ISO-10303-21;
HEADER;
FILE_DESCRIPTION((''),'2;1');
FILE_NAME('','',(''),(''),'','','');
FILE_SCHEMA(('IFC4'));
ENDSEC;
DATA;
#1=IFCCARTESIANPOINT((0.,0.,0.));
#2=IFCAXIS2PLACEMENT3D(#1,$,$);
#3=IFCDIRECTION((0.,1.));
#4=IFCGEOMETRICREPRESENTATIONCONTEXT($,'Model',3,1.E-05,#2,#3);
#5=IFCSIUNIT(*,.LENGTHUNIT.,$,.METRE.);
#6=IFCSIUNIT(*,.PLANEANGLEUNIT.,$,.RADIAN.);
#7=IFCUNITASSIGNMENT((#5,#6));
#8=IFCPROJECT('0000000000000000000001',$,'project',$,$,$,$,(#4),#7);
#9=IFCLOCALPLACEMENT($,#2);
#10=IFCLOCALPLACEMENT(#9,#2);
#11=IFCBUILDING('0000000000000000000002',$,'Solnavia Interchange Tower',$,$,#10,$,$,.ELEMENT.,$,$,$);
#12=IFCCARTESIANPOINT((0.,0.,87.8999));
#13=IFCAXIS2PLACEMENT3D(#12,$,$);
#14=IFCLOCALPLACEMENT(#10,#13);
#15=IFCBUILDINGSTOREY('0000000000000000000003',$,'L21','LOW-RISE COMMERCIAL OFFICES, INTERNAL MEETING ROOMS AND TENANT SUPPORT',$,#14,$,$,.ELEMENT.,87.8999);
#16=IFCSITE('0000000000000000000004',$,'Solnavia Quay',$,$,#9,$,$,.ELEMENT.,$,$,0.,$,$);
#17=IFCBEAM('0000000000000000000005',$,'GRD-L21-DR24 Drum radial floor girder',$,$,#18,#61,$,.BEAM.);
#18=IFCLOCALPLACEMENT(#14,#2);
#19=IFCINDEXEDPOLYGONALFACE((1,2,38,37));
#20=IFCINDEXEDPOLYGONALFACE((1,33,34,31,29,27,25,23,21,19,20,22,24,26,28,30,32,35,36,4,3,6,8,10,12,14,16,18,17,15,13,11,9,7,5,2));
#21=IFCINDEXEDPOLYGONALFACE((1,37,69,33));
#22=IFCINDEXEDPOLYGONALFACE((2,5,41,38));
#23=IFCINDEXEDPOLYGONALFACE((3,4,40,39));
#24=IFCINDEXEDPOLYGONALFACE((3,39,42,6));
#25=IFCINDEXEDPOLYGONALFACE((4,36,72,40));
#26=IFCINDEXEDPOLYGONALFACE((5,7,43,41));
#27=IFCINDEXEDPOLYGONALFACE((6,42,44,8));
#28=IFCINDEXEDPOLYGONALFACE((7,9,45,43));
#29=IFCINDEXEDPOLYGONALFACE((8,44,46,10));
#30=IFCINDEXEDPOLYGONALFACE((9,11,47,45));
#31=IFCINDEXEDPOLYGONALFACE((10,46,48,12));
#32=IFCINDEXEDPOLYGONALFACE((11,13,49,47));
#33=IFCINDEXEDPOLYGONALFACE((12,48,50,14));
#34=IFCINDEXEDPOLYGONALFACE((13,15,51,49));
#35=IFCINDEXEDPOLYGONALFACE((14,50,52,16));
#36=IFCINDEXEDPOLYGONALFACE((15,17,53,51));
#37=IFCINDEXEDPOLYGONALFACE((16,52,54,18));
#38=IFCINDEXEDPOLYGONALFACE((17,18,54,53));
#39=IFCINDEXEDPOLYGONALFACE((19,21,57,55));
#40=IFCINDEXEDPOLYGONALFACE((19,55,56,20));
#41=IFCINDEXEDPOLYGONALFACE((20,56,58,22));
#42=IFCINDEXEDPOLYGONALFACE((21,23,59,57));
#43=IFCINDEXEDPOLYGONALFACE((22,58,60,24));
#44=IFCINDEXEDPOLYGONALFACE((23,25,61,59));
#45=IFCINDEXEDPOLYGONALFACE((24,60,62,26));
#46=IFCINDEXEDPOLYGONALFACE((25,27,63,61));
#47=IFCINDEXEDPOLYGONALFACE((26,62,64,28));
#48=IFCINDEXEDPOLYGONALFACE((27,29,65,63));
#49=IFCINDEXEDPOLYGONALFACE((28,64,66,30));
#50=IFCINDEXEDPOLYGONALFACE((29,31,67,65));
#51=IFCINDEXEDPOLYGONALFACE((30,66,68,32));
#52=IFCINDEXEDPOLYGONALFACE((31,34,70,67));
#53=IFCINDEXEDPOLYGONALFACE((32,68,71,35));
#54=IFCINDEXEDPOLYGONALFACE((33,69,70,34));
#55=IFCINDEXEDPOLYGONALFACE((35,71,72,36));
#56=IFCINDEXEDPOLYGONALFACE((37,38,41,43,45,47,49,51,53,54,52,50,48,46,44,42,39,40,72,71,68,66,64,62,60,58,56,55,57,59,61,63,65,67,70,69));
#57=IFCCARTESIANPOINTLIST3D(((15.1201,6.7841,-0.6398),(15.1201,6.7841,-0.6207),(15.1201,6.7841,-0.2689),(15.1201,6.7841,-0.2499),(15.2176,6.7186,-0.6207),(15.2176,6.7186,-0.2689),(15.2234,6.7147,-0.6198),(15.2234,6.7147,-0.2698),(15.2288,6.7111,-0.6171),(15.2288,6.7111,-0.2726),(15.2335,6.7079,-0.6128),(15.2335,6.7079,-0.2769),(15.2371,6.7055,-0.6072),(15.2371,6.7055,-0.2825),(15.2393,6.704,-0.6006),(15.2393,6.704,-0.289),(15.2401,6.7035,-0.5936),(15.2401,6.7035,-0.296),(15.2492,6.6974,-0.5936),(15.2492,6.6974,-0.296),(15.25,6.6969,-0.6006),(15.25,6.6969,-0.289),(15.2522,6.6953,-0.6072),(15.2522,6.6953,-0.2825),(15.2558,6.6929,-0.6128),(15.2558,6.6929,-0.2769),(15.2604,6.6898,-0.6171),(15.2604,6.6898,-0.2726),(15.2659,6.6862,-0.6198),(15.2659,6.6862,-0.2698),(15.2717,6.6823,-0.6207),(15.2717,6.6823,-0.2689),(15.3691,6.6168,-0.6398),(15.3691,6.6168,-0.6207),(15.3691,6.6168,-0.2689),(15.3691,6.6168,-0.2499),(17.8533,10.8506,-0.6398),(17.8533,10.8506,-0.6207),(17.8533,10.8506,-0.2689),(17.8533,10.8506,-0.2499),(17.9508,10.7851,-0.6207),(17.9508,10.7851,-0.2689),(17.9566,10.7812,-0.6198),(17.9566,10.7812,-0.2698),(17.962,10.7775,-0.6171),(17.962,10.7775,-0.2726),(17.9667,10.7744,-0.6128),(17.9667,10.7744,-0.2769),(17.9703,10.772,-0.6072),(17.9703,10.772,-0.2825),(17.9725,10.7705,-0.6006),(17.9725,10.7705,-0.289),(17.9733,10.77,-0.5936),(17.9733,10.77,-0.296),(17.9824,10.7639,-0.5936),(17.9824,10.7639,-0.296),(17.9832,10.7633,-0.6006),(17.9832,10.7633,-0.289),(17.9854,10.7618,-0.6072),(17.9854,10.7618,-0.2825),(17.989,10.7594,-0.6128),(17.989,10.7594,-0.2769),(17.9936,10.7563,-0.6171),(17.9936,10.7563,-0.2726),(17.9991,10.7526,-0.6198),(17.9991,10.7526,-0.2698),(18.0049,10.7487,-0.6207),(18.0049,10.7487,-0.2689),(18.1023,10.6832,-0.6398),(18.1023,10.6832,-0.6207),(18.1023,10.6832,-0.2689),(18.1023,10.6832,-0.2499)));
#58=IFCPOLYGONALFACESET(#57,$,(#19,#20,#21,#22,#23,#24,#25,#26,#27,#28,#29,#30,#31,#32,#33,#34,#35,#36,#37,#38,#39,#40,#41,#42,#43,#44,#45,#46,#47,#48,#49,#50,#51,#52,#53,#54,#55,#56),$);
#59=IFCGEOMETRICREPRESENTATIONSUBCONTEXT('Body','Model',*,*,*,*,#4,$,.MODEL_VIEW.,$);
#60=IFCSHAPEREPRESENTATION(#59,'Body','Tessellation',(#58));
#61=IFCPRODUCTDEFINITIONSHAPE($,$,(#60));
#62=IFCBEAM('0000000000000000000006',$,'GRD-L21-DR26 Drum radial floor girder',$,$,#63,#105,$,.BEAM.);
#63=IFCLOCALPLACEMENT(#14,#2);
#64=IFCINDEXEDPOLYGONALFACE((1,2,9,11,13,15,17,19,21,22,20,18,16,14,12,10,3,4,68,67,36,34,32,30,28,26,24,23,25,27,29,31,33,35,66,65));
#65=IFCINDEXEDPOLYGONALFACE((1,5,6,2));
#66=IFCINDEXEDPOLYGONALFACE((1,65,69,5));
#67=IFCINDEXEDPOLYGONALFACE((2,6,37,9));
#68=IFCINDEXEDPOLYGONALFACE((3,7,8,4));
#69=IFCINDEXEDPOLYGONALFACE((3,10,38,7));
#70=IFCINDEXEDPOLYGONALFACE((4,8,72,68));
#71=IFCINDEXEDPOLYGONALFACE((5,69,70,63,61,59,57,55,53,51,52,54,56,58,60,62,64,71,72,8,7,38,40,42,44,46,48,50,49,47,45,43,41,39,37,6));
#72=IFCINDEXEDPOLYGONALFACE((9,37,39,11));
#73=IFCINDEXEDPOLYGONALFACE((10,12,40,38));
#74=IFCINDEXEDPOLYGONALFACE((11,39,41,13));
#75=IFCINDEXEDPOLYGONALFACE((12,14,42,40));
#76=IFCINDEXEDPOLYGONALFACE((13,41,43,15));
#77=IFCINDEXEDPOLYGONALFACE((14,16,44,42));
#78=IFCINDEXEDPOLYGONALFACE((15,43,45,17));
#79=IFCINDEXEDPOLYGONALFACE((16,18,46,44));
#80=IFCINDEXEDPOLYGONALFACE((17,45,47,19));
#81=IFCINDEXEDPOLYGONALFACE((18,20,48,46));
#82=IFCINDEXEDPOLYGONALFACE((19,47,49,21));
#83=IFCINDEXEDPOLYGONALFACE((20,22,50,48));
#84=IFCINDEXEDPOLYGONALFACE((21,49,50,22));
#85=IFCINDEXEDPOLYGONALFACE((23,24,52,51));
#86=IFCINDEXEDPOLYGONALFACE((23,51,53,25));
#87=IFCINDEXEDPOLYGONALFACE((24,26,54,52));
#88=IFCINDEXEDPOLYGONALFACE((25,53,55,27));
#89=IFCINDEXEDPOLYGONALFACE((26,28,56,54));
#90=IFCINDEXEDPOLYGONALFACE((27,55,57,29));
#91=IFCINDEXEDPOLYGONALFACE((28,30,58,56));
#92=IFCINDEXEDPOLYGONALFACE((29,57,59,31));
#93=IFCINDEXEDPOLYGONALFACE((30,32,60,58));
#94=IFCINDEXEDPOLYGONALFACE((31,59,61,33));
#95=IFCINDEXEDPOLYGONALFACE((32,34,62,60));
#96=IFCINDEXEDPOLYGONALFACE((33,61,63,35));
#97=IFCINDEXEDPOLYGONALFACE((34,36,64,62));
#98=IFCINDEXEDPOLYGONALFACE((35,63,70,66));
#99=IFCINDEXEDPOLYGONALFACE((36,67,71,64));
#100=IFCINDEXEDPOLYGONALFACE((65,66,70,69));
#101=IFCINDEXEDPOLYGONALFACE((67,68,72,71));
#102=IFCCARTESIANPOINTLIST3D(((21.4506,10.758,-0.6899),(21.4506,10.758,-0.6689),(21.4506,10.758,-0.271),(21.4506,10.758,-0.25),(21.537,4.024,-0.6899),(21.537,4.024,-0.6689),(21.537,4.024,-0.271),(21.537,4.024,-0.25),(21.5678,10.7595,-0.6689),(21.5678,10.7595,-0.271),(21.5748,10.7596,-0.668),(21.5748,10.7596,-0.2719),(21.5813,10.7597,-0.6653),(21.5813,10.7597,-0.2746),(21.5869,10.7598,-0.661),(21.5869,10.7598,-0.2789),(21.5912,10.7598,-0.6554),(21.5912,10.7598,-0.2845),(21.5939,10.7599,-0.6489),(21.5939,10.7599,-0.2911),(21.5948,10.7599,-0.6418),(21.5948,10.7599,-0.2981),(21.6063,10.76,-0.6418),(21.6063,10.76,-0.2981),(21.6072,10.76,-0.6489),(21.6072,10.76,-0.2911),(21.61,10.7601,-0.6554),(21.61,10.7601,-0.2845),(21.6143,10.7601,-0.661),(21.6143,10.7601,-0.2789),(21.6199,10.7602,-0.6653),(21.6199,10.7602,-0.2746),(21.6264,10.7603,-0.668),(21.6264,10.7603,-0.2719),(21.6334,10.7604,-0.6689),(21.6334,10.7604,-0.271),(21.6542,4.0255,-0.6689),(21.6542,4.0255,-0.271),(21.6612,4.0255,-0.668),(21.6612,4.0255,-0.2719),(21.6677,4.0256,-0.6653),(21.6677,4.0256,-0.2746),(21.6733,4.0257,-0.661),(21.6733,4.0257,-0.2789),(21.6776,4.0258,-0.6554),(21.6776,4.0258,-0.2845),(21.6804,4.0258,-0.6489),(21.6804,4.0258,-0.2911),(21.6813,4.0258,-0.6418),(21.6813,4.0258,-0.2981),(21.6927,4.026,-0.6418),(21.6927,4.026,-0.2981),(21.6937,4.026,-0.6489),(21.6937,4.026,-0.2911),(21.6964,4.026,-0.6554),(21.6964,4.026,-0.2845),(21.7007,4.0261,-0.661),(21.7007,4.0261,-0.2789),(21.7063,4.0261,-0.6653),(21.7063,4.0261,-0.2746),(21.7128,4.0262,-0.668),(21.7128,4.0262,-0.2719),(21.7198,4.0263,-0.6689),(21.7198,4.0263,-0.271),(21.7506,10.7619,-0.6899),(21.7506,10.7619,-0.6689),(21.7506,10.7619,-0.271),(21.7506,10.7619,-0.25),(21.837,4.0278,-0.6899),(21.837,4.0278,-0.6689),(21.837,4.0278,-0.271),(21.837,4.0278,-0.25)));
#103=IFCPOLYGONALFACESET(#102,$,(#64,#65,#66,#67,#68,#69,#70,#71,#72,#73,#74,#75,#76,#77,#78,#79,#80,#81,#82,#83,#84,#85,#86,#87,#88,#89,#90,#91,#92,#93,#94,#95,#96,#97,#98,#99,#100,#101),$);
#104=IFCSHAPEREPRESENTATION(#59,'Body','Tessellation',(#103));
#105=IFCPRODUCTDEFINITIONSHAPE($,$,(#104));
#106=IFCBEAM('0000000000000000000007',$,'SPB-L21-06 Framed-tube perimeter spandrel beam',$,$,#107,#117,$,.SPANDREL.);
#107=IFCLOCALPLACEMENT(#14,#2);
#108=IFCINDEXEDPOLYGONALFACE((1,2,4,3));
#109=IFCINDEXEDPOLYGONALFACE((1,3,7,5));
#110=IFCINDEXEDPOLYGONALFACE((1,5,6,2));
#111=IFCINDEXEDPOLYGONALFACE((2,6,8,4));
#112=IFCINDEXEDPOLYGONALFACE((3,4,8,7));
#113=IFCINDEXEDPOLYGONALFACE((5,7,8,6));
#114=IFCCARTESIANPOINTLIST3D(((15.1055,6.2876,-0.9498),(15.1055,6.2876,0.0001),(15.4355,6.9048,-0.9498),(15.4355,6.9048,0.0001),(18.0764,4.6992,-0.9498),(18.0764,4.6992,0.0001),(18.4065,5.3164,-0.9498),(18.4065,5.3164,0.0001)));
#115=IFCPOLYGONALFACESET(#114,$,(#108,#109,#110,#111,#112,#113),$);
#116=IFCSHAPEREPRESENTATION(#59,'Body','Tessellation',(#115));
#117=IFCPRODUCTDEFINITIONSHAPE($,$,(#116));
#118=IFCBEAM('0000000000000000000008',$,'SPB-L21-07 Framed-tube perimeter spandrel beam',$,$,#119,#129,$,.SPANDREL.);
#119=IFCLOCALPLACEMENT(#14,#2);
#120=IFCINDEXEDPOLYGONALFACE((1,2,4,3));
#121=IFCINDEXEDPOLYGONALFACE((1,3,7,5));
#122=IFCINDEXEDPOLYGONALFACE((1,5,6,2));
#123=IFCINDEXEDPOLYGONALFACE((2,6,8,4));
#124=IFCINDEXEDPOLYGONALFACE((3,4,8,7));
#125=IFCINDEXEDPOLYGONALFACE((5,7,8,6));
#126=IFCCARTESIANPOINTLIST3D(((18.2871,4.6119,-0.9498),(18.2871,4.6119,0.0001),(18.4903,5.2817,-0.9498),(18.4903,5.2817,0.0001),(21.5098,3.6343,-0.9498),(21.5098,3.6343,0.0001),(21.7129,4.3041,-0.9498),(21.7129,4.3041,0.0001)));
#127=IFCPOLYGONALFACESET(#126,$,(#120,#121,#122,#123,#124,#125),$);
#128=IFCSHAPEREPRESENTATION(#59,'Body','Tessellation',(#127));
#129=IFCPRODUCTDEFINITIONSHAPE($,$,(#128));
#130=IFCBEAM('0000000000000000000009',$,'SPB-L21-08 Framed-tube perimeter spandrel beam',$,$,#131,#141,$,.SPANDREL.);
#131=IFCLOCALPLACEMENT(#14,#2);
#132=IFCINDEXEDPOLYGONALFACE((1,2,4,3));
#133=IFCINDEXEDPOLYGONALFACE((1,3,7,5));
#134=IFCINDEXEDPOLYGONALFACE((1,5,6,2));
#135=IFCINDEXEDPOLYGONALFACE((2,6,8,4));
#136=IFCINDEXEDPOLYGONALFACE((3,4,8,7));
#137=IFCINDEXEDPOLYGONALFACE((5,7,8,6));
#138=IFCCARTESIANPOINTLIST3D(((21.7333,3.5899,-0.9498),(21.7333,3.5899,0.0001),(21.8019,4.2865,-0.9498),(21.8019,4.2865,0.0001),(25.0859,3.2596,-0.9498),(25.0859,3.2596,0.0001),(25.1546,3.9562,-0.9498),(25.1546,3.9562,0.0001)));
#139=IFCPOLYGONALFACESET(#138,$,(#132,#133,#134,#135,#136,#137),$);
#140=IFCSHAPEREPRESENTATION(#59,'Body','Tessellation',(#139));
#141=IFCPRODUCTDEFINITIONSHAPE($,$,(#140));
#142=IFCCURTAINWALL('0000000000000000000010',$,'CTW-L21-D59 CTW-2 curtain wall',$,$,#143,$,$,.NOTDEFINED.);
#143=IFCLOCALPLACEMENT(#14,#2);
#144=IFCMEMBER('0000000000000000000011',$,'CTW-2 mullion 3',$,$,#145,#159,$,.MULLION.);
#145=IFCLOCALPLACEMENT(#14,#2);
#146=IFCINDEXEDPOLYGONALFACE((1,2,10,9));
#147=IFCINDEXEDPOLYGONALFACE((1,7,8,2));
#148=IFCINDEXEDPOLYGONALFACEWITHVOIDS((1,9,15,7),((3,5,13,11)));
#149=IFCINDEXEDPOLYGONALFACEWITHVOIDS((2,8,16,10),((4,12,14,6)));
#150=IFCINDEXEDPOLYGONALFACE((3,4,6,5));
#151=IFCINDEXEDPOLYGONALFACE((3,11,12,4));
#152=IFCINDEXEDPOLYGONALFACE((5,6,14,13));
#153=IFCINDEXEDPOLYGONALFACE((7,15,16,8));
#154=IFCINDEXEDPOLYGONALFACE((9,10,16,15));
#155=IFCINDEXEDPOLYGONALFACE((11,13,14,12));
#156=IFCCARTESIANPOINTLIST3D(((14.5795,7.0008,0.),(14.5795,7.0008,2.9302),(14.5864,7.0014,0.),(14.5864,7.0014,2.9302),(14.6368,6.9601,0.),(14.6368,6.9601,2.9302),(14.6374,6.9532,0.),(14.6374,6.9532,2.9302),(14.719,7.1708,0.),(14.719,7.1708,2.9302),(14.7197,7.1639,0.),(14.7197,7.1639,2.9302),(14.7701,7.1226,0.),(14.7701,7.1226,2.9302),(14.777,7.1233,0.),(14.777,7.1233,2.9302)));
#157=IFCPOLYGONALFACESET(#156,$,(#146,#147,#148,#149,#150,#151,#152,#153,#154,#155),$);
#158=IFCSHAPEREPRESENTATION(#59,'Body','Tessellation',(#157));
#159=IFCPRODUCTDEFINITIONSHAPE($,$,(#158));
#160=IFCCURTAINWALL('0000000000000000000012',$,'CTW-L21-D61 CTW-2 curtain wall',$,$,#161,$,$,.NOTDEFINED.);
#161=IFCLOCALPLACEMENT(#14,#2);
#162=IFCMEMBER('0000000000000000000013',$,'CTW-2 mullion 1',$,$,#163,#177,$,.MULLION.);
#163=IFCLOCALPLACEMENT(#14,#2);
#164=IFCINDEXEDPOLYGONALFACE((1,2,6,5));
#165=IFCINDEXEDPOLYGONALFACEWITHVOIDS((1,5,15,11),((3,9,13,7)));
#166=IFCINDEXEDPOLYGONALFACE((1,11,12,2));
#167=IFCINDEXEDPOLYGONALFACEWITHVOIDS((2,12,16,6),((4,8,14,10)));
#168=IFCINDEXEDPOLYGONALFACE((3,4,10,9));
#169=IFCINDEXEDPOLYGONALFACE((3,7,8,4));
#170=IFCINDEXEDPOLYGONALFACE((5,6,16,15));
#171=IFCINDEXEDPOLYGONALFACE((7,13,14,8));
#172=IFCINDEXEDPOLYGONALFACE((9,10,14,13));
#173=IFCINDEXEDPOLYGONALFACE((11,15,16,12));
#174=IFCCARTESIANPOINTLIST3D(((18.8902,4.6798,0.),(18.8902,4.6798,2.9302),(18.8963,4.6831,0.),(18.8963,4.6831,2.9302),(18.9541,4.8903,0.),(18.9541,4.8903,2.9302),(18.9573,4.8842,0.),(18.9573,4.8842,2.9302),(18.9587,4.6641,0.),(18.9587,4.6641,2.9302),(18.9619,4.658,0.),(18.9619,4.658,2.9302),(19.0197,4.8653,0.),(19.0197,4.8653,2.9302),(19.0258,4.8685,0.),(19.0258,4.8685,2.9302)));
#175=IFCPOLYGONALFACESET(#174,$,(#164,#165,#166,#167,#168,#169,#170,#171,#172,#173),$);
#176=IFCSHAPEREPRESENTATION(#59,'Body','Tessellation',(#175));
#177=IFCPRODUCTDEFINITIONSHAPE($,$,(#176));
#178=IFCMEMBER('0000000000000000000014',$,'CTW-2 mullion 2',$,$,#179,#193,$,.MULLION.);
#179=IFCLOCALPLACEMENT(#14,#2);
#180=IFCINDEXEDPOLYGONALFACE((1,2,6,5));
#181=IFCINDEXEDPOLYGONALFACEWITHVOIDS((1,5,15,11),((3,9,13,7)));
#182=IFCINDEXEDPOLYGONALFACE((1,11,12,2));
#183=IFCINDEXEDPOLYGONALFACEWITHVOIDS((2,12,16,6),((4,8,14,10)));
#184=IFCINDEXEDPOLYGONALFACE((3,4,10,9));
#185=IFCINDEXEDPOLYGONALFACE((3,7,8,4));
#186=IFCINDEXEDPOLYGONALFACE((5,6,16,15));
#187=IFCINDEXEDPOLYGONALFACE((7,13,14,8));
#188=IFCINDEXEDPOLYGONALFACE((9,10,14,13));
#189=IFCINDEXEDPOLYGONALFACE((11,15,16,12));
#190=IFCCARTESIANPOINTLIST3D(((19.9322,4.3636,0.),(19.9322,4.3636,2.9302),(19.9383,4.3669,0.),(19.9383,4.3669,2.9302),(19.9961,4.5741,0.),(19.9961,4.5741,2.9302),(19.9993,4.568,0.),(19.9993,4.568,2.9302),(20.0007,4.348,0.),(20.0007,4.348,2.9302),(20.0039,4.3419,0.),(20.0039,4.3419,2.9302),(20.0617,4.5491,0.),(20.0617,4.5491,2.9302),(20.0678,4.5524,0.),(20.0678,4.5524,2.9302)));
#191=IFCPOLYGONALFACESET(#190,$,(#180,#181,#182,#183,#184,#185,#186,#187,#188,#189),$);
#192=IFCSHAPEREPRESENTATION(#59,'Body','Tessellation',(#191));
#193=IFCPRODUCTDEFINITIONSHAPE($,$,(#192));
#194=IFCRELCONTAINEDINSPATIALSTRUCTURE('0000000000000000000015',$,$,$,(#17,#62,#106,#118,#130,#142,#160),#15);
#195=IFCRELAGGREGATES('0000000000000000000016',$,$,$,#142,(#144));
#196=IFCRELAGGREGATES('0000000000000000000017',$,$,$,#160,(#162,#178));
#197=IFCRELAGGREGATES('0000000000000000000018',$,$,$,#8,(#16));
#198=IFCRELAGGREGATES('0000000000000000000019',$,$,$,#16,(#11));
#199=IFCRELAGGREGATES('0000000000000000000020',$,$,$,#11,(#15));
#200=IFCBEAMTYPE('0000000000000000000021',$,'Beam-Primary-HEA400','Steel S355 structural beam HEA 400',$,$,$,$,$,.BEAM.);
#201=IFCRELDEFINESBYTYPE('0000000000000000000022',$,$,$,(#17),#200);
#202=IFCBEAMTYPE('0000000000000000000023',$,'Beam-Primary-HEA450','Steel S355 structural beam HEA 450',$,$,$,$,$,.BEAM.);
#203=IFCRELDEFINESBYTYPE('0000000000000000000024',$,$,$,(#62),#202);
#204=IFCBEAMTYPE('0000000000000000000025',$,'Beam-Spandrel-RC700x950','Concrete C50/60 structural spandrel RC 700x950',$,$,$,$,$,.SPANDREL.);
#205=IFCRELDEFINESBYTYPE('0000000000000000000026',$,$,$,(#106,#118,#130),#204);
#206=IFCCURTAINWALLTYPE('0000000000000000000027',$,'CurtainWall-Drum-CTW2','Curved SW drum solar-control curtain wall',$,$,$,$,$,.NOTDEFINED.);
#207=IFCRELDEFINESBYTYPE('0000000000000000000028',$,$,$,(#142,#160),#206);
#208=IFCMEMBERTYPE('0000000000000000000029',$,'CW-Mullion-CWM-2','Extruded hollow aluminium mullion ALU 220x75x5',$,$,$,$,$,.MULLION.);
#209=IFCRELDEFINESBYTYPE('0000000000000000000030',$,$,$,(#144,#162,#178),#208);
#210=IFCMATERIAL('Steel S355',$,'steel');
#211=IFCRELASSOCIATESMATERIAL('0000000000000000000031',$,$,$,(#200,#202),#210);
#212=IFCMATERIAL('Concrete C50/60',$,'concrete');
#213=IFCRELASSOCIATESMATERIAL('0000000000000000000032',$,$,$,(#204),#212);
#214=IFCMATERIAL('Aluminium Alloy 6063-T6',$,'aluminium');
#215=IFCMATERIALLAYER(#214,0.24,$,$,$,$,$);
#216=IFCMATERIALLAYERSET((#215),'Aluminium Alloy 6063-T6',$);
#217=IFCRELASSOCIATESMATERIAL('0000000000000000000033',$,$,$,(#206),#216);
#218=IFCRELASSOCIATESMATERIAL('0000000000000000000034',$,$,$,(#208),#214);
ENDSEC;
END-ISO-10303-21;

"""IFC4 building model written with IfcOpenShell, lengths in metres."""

from ifc_helpers import new_model, si_unit, direction, frame, origin, origin_2d, place, context, subcontext, project, spatial, rectangle, hollow_rectangle, i_section, extrude, material, layer, layer_set, material_profile, profile_set, type_object, element, aggregate, save


model = new_model("IFC4")

# Units and contexts
model_context = context("Model", 3, precision=1e-05, world=origin(), true_north=direction((0.0, 1.0)))
body_context = subcontext(model_context, "Body", "Model", "MODEL_VIEW")
ifc_project = project(units=[si_unit("LENGTHUNIT", "METRE"), si_unit("PLANEANGLEUNIT", "RADIAN")], contexts=[model_context])

# Site, building, storey
site_placement = place(None, origin())
site = spatial("IfcSite", under=ifc_project, at=site_placement, Name="Solnavia Quay", CompositionType="ELEMENT", RefElevation=0.0)
building_placement = place(site_placement, origin())
building = spatial("IfcBuilding", under=site, at=building_placement, Name="Solnavia Interchange Tower", CompositionType="ELEMENT")
storey_placement = place(building_placement, frame((0.0, 0.0, 87.8999)))
storey = spatial("IfcBuildingStorey", under=building, at=storey_placement, Name="L21", Description="LOW-RISE COMMERCIAL OFFICES, INTERNAL MEETING ROOMS AND TENANT SUPPORT", CompositionType="ELEMENT", Elevation=87.8999)

# Beams
ifc_material_1 = material(Name="Steel S355", Category="steel")
ifc_material_profile_1 = material_profile(ifc_material_1, i_section(OverallWidth=0.3, OverallDepth=0.3899, WebThickness=0.011, FlangeThickness=0.019, FilletRadius=0.0271, at=origin_2d()), Name="HEA 400")
ifc_profile_set_1 = profile_set([ifc_material_profile_1], Name="Steel S355")
beam_type_1 = type_object("IfcBeamType", Name="Beam-Primary-HEA400", Description="Steel S355 structural beam HEA 400", PredefinedType="BEAM", material=ifc_profile_set_1)
beam_1_placement = place(storey_placement, frame((15.2446, 6.7004, -0.4448), z_axis=(0.557835, 0.829952, 0.0), x_axis=(-0.829952, 0.557835, 0.0)))
element("IfcBeam", 1, at=beam_1_placement, inside=storey, type_object=beam_type_1, Name="GRD-L21-DR24 Drum radial floor girder", PredefinedType="BEAM", context=body_context, shape_type="SweptSolid", body=[
    extrude(i_section(OverallWidth=0.3, OverallDepth=0.3899, WebThickness=0.011, FlangeThickness=0.019, FilletRadius=0.0271, at=origin_2d()), origin(), (0.0, 0.0, 1.0), 4.8997),
])
ifc_material_profile_2 = material_profile(ifc_material_1, i_section(OverallWidth=0.3, OverallDepth=0.4399, WebThickness=0.0115, FlangeThickness=0.021, FilletRadius=0.0271, at=origin_2d()), Name="HEA 450")
ifc_profile_set_2 = profile_set([ifc_material_profile_2], Name="Steel S355")
beam_type_2 = type_object("IfcBeamType", Name="Beam-Primary-HEA450", Description="Steel S355 structural beam HEA 450", PredefinedType="BEAM", material=ifc_profile_set_2)
beam_2_placement = place(storey_placement, frame((21.687, 4.0259, -0.47), z_axis=(-0.012833, 0.999918, 0.0), x_axis=(-0.999918, -0.012833, 0.0)))
element("IfcBeam", 2, at=beam_2_placement, inside=storey, type_object=beam_type_2, Name="GRD-L21-DR26 Drum radial floor girder", PredefinedType="BEAM", context=body_context, shape_type="SweptSolid", body=[
    extrude(i_section(OverallWidth=0.3, OverallDepth=0.4399, WebThickness=0.0115, FlangeThickness=0.021, FilletRadius=0.0271, at=origin_2d()), origin(), (0.0, 0.0, 1.0), 6.7346),
])
ifc_material_2 = material(Name="Concrete C50/60", Category="concrete")
ifc_material_profile_3 = material_profile(ifc_material_2, rectangle(XDim=0.7, YDim=0.95, at=origin_2d()), Name="RC 700x950")
ifc_profile_set_3 = profile_set([ifc_material_profile_3], Name="Concrete C50/60")
beam_type_3 = type_object("IfcBeamType", Name="Beam-Spandrel-RC700x950", Description="Concrete C50/60 structural spandrel RC 700x950", PredefinedType="SPANDREL", material=ifc_profile_set_3)
beam_3_placement = place(storey_placement, frame((15.2705, 6.5962, -0.4749), z_axis=(0.881875, -0.471483, 0.0), x_axis=(0.471483, 0.881875, 0.0)))
element("IfcBeam", 3, at=beam_3_placement, inside=storey, type_object=beam_type_3, Name="SPB-L21-06 Framed-tube perimeter spandrel beam", PredefinedType="SPANDREL", context=body_context, shape_type="SweptSolid", body=[
    extrude(rectangle(XDim=0.7, YDim=0.95, at=origin_2d()), origin(), (0.0, 0.0, 1.0), 3.3689),
])
beam_4_placement = place(storey_placement, frame((18.3887, 4.9468, -0.4749), z_axis=(0.956944, -0.290273, 0.0), x_axis=(0.290273, 0.956944, 0.0)))
element("IfcBeam", 4, at=beam_4_placement, inside=storey, type_object=beam_type_3, Name="SPB-L21-07 Framed-tube perimeter spandrel beam", PredefinedType="SPANDREL", context=body_context, shape_type="SweptSolid", body=[
    extrude(rectangle(XDim=0.7, YDim=0.95, at=origin_2d()), origin(), (0.0, 0.0, 1.0), 3.3677),
])
beam_5_placement = place(storey_placement, frame((21.7676, 3.9382, -0.4749), z_axis=(0.995182, -0.098047, 0.0), x_axis=(0.098047, 0.995182, 0.0)))
element("IfcBeam", 5, at=beam_5_placement, inside=storey, type_object=beam_type_3, Name="SPB-L21-08 Framed-tube perimeter spandrel beam", PredefinedType="SPANDREL", context=body_context, shape_type="SweptSolid", body=[
    extrude(rectangle(XDim=0.7, YDim=0.95, at=origin_2d()), origin(), (0.0, 0.0, 1.0), 3.3689),
])

# Curtain wall, member
ifc_material_3 = material(Name="Aluminium Alloy 6063-T6", Category="aluminium")
ifc_layer_1 = layer(ifc_material_3, 0.24)
ifc_layer_set_1 = layer_set([ifc_layer_1], Name="Aluminium Alloy 6063-T6")
curtain_wall_type = type_object("IfcCurtainWallType", Name="CurtainWall-Drum-CTW2", Description="Curved SW drum solar-control curtain wall", PredefinedType="NOTDEFINED", material=ifc_layer_set_1)
curtain_wall_1_placement = place(storey_placement, origin())
curtain_wall_1 = element("IfcCurtainWall", 6, at=curtain_wall_1_placement, inside=storey, type_object=curtain_wall_type, Name="CTW-L21-D59 CTW-2 curtain wall", PredefinedType="NOTDEFINED")
ifc_material_profile_4 = material_profile(ifc_material_3, hollow_rectangle(XDim=0.075, YDim=0.22, WallThickness=0.0049, at=origin_2d()), Name="ALU 220x75x5")
ifc_profile_set_4 = profile_set([ifc_material_profile_4], Name="Aluminium Alloy 6063-T6")
member_type_1 = type_object("IfcMemberType", Name="CW-Mullion-CWM-2", Description="Extruded hollow aluminium mullion ALU 220x75x5", PredefinedType="MULLION", material=ifc_profile_set_4)
member_1_placement = place(storey_placement, frame((14.6782, 7.062, 0.0), z_axis=(0.0, 0.0, 1.0), x_axis=(0.773095, -0.634291, 0.0)))
member_1 = element("IfcMember", 7, at=member_1_placement, type_object=member_type_1, Name="CTW-2 mullion 3", PredefinedType="MULLION", context=body_context, shape_type="SweptSolid", body=[
    extrude(hollow_rectangle(XDim=0.075, YDim=0.22, WallThickness=0.0049, at=origin_2d()), origin(), (0.0, 0.0, 1.0), 2.9302),
])
aggregate(curtain_wall_1, [member_1])

# Curtain wall, members
curtain_wall_2_placement = place(storey_placement, origin())
curtain_wall_2 = element("IfcCurtainWall", 8, at=curtain_wall_2_placement, inside=storey, type_object=curtain_wall_type, Name="CTW-L21-D61 CTW-2 curtain wall", PredefinedType="NOTDEFINED")
member_2_placement = place(storey_placement, frame((18.958, 4.7742, 0.0), z_axis=(0.0, 0.0, 1.0), x_axis=(0.956935, -0.290303, 0.0)))
member_2 = element("IfcMember", 9, at=member_2_placement, type_object=member_type_1, Name="CTW-2 mullion 1", PredefinedType="MULLION", context=body_context, shape_type="SweptSolid", body=[
    extrude(hollow_rectangle(XDim=0.075, YDim=0.22, WallThickness=0.0049, at=origin_2d()), origin(), (0.0, 0.0, 1.0), 2.9302),
])
member_3_placement = place(storey_placement, frame((20.0, 4.458, 0.0), z_axis=(0.0, 0.0, 1.0), x_axis=(0.956935, -0.290303, 0.0)))
member_3 = element("IfcMember", 10, at=member_3_placement, type_object=member_type_1, Name="CTW-2 mullion 2", PredefinedType="MULLION", context=body_context, shape_type="SweptSolid", body=[
    extrude(hollow_rectangle(XDim=0.075, YDim=0.22, WallThickness=0.0049, at=origin_2d()), origin(), (0.0, 0.0, 1.0), 2.9302),
])
aggregate(curtain_wall_2, [member_2, member_3])

save(model, "model.ifc")
